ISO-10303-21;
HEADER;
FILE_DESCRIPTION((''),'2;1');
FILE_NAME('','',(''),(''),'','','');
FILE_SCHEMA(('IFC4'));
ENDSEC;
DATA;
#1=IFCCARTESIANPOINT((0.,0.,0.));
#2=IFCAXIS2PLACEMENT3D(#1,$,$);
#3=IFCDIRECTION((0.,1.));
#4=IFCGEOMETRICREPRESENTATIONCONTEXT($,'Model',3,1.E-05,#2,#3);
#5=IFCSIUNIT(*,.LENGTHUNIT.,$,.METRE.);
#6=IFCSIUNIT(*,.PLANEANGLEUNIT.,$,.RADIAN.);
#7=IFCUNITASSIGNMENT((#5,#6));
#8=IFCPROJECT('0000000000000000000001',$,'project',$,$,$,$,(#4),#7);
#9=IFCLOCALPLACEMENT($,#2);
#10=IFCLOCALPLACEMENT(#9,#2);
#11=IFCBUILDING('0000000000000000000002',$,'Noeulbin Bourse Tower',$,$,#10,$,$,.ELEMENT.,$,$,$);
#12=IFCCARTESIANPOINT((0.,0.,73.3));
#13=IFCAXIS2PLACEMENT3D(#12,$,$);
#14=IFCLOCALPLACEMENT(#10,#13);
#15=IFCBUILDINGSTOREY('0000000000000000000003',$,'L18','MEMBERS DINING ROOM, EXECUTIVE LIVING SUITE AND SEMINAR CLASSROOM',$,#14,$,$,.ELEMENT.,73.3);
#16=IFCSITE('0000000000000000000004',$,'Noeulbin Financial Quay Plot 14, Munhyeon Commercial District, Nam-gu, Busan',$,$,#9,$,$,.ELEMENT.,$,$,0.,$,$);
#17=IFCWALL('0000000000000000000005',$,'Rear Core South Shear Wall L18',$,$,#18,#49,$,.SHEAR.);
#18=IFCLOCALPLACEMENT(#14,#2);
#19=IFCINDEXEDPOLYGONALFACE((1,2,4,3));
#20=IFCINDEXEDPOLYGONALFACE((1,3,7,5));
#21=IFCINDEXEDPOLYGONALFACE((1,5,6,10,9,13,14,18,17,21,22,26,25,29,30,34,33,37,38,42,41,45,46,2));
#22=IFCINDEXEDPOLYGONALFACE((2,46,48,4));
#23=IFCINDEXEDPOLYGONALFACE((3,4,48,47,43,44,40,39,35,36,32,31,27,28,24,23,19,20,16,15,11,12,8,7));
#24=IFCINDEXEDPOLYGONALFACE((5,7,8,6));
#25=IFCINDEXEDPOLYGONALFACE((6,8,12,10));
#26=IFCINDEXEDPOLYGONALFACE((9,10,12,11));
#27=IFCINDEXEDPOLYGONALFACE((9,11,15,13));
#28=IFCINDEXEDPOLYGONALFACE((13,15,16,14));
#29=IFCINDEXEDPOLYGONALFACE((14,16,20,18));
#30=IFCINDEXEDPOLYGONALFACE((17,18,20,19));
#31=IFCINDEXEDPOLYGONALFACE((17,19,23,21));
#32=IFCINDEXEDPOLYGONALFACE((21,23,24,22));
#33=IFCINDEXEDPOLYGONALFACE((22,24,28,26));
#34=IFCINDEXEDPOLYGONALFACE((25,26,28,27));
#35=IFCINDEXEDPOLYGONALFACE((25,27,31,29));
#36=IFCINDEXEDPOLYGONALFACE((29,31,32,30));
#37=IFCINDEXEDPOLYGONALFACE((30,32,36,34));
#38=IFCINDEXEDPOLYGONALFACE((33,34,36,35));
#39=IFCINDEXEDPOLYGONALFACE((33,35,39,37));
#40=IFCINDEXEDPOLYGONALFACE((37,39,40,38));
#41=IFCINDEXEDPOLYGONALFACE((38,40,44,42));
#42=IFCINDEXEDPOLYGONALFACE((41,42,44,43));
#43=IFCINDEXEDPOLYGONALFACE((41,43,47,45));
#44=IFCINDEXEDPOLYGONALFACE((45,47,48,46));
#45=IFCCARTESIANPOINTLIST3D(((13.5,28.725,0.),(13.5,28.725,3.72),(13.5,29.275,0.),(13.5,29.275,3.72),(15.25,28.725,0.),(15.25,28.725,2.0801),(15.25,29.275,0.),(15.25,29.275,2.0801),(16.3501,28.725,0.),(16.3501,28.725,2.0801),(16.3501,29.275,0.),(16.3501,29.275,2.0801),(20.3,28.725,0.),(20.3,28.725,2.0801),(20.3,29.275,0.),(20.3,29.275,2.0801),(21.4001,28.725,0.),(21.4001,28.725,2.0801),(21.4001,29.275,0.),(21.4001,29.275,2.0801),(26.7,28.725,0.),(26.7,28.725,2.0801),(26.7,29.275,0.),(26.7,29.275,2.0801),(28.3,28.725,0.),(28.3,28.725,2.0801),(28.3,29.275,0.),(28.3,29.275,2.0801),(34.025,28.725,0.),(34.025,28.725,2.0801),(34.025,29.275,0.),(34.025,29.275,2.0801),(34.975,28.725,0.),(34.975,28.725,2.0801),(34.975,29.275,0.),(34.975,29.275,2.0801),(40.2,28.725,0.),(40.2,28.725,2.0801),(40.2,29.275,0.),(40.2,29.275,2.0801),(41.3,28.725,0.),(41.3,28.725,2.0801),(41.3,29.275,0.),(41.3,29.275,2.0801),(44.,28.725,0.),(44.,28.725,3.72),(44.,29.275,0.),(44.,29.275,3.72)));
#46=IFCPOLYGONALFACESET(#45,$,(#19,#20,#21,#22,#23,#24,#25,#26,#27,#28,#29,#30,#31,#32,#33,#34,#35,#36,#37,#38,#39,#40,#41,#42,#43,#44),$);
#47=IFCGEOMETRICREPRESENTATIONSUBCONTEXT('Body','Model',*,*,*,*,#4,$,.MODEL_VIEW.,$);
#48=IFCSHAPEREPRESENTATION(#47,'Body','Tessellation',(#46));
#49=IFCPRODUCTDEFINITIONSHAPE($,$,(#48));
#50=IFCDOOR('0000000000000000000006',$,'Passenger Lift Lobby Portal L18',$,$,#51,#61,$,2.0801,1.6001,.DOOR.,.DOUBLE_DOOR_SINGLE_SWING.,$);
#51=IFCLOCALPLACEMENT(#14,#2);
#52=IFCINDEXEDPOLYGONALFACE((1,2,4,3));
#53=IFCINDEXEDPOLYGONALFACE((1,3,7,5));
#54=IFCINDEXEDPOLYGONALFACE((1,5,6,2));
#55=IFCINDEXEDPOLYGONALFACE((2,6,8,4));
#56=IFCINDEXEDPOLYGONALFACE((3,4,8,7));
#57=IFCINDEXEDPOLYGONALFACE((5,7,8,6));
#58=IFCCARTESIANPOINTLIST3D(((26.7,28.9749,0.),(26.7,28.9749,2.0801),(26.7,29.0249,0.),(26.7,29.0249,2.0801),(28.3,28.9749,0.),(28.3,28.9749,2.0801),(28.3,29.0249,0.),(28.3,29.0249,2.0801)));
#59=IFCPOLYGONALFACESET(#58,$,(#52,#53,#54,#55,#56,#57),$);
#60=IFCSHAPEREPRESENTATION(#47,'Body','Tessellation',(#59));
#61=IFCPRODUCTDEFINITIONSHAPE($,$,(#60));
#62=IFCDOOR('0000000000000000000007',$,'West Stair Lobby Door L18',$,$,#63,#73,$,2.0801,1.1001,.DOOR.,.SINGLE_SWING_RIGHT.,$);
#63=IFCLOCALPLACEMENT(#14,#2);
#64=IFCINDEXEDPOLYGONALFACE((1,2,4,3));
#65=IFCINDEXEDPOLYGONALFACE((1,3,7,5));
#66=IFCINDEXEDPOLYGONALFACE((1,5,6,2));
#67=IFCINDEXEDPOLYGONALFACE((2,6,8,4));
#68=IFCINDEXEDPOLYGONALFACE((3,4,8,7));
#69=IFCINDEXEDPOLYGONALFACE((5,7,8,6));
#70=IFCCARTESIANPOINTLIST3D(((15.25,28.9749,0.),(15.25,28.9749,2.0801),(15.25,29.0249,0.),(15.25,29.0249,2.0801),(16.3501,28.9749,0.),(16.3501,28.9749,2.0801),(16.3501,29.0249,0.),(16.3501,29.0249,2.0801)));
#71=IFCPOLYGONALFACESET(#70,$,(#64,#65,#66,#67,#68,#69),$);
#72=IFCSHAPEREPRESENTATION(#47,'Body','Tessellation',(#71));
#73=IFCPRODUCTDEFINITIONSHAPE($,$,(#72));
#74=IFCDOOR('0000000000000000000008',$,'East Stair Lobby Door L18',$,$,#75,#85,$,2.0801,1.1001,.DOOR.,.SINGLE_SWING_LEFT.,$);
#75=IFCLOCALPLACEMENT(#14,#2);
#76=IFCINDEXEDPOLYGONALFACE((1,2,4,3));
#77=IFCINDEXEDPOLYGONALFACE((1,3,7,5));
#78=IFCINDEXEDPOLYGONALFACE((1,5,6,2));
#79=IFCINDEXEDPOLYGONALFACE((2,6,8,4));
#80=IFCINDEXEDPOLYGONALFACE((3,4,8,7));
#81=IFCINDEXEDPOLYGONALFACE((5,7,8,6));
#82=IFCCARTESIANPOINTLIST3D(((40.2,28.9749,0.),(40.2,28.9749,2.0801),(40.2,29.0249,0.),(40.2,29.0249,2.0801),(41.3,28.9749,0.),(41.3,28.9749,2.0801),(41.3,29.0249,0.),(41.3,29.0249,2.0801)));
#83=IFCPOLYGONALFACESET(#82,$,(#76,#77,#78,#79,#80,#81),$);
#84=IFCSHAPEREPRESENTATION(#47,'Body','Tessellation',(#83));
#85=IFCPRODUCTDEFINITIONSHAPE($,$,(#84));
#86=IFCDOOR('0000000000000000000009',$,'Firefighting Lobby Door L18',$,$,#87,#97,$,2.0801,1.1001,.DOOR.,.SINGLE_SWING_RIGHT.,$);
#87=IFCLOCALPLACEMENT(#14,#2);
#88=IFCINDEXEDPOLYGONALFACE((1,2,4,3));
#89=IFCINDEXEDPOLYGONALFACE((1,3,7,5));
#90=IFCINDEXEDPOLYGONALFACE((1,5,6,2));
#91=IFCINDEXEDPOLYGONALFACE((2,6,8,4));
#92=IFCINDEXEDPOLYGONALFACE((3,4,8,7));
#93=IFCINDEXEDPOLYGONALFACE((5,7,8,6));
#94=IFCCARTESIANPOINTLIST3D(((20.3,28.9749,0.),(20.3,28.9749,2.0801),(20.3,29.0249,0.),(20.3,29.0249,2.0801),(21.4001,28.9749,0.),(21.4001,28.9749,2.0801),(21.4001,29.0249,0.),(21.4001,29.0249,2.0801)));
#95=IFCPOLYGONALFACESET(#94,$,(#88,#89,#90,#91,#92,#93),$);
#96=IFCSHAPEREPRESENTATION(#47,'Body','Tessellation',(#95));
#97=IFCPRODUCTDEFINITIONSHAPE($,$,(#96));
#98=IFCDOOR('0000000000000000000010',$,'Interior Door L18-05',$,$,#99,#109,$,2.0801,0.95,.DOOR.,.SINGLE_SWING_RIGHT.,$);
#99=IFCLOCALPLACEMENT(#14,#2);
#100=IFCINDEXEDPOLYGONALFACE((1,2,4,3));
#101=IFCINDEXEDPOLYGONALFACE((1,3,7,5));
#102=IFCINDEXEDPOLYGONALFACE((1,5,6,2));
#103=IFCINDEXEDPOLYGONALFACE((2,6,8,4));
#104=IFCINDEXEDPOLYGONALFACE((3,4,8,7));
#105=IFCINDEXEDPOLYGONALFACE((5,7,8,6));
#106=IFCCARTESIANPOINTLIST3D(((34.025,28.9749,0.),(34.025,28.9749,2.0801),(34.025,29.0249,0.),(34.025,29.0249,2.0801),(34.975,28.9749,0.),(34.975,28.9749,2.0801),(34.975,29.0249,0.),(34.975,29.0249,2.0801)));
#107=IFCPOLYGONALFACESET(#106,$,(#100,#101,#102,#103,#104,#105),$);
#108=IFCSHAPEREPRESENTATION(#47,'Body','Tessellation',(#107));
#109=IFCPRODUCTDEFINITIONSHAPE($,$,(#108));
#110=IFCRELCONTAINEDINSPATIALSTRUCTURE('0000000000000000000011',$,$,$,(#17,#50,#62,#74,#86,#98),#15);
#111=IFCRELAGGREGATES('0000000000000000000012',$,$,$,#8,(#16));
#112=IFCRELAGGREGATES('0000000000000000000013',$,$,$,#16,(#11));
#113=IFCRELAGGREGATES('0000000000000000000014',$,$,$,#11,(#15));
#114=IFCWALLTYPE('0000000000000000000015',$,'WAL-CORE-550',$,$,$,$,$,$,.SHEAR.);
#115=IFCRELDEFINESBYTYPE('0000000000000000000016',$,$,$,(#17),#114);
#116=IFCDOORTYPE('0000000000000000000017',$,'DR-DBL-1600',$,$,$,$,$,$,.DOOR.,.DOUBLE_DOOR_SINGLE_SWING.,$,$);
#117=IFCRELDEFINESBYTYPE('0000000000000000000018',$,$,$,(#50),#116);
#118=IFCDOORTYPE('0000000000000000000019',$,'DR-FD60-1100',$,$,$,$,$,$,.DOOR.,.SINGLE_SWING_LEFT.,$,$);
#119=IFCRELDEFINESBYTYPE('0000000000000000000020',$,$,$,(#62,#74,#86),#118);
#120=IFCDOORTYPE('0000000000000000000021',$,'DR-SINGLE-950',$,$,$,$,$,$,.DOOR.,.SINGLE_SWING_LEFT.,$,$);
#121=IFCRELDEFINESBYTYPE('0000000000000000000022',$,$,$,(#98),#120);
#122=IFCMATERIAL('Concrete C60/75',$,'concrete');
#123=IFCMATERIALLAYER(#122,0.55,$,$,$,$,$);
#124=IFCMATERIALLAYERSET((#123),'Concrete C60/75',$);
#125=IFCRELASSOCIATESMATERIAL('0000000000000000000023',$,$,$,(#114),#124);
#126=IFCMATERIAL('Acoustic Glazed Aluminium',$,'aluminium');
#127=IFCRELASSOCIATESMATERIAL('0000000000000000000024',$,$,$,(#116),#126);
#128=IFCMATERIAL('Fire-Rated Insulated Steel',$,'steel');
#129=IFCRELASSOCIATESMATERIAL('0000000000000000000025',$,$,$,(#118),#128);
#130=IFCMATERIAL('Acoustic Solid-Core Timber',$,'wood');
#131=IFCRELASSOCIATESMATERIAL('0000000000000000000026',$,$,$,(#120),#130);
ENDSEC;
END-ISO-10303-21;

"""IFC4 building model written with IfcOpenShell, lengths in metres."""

from ifc_helpers import new_model, si_unit, direction, frame, frame_2d, origin, place, context, subcontext, project, spatial, rectangle, extrude, material, layer, layer_set, type_object, element, fill, save


model = new_model("IFC4")

# Units and contexts
model_context = context("Model", 3, precision=1e-05, world=origin(), true_north=direction((0.0, 1.0)))
body_context = subcontext(model_context, "Body", "Model", "MODEL_VIEW")
ifc_project = project(units=[si_unit("LENGTHUNIT", "METRE"), si_unit("PLANEANGLEUNIT", "RADIAN")], contexts=[model_context])

# Site, building, storey
site_placement = place(None, origin())
site = spatial("IfcSite", under=ifc_project, at=site_placement, Name="Noeulbin Financial Quay Plot 14, Munhyeon Commercial District, Nam-gu, Busan", CompositionType="ELEMENT", RefElevation=0.0)
building_placement = place(site_placement, origin())
building = spatial("IfcBuilding", under=site, at=building_placement, Name="Noeulbin Bourse Tower", CompositionType="ELEMENT")
storey_placement = place(building_placement, frame((0.0, 0.0, 73.3)))
storey = spatial("IfcBuildingStorey", under=building, at=storey_placement, Name="L18", Description="MEMBERS DINING ROOM, EXECUTIVE LIVING SUITE AND SEMINAR CLASSROOM", CompositionType="ELEMENT", Elevation=73.3)

# Wall, openings, doors
ifc_material_1 = material(Name="Concrete C60/75", Category="concrete")
ifc_layer_1 = layer(ifc_material_1, 0.55)
ifc_layer_set_1 = layer_set([ifc_layer_1], Name="Concrete C60/75")
wall_type_1 = type_object("IfcWallType", Name="WAL-CORE-550", PredefinedType="SHEAR", material=ifc_layer_set_1)
wall_1_placement = place(storey_placement, frame((13.5, 29.0, 0.0), z_axis=(0.0, 0.0, 1.0), x_axis=(1.0, 0.0, 0.0)))
wall_1 = element("IfcWall", 1, at=wall_1_placement, inside=storey, type_object=wall_type_1, Name="Rear Core South Shear Wall L18", PredefinedType="SHEAR", context=body_context, shape_type="SweptSolid", body=[
    extrude(rectangle(XDim=30.5, YDim=0.55, at=frame_2d((15.25, 0.0))), origin(), (0.0, 0.0, 1.0), 3.72),
])
opening_1_placement = place(wall_1_placement, frame((1.75, 0.0, 0.0)))
opening_1 = element("IfcOpeningElement", 2, at=opening_1_placement, cuts=wall_1, PredefinedType="OPENING", context=body_context, shape_type="SweptSolid", body=[
    extrude(rectangle(XDim=1.1001, YDim=2.0801, at=frame_2d((0.55, 1.04))), frame((0.0, 0.2849, 0.0), z_axis=(0.0, -1.0, 0.0), x_axis=(1.0, 0.0, 0.0)), (0.0, 0.0, 1.0), 0.5701),
])
opening_2_placement = place(wall_1_placement, frame((26.7, 0.0, 0.0)))
opening_2 = element("IfcOpeningElement", 3, at=opening_2_placement, cuts=wall_1, PredefinedType="OPENING", context=body_context, shape_type="SweptSolid", body=[
    extrude(rectangle(XDim=1.1001, YDim=2.0801, at=frame_2d((0.55, 1.04))), frame((0.0, 0.2849, 0.0), z_axis=(0.0, -1.0, 0.0), x_axis=(1.0, 0.0, 0.0)), (0.0, 0.0, 1.0), 0.5701),
])
opening_3_placement = place(wall_1_placement, frame((6.8, 0.0, 0.0)))
opening_3 = element("IfcOpeningElement", 4, at=opening_3_placement, cuts=wall_1, PredefinedType="OPENING", context=body_context, shape_type="SweptSolid", body=[
    extrude(rectangle(XDim=1.1001, YDim=2.0801, at=frame_2d((0.55, 1.04))), frame((0.0, 0.2849, 0.0), z_axis=(0.0, -1.0, 0.0), x_axis=(1.0, 0.0, 0.0)), (0.0, 0.0, 1.0), 0.5701),
])
opening_4_placement = place(wall_1_placement, frame((13.2, 0.0, 0.0)))
opening_4 = element("IfcOpeningElement", 5, at=opening_4_placement, cuts=wall_1, PredefinedType="OPENING", context=body_context, shape_type="SweptSolid", body=[
    extrude(rectangle(XDim=1.6001, YDim=2.0801, at=frame_2d((0.8, 1.04))), frame((0.0, 0.2849, 0.0), z_axis=(0.0, -1.0, 0.0), x_axis=(1.0, 0.0, 0.0)), (0.0, 0.0, 1.0), 0.5701),
])
opening_5_placement = place(wall_1_placement, frame((20.5249, 0.0, 0.0)))
opening_5 = element("IfcOpeningElement", 6, at=opening_5_placement, cuts=wall_1, PredefinedType="OPENING", context=body_context, shape_type="SweptSolid", body=[
    extrude(rectangle(XDim=0.95, YDim=2.0801, at=frame_2d((0.4751, 1.04))), frame((0.0, 0.2849, 0.0), z_axis=(0.0, -1.0, 0.0), x_axis=(1.0, 0.0, 0.0)), (0.0, 0.0, 1.0), 0.5701),
])
ifc_material_2 = material(Name="Acoustic Glazed Aluminium", Category="aluminium")
door_type_1 = type_object("IfcDoorType", Name="DR-DBL-1600", OperationType="DOUBLE_DOOR_SINGLE_SWING", PredefinedType="DOOR", material=ifc_material_2)
door_1_placement = place(opening_4_placement, origin())
door_1 = element("IfcDoor", 7, at=door_1_placement, inside=storey, type_object=door_type_1, Name="Passenger Lift Lobby Portal L18", OperationType="DOUBLE_DOOR_SINGLE_SWING", OverallHeight=2.0801, OverallWidth=1.6001, PredefinedType="DOOR", context=body_context, shape_type="SweptSolid", body=[
    extrude(rectangle(XDim=1.6001, YDim=2.0801, at=frame_2d((0.8, 1.04))), frame((0.0, 0.0249, 0.0), z_axis=(0.0, -1.0, 0.0), x_axis=(1.0, 0.0, 0.0)), (0.0, 0.0, 1.0), 0.05),
])
fill(opening_4, door_1)
ifc_material_3 = material(Name="Fire-Rated Insulated Steel", Category="steel")
door_type_2 = type_object("IfcDoorType", Name="DR-FD60-1100", OperationType="SINGLE_SWING_LEFT", PredefinedType="DOOR", material=ifc_material_3)
door_2_placement = place(opening_1_placement, origin())
door_2 = element("IfcDoor", 8, at=door_2_placement, inside=storey, type_object=door_type_2, Name="West Stair Lobby Door L18", OperationType="SINGLE_SWING_RIGHT", OverallHeight=2.0801, OverallWidth=1.1001, PredefinedType="DOOR", context=body_context, shape_type="SweptSolid", body=[
    extrude(rectangle(XDim=1.1001, YDim=2.0801, at=frame_2d((0.55, 1.04))), frame((0.0, 0.0249, 0.0), z_axis=(0.0, -1.0, 0.0), x_axis=(1.0, 0.0, 0.0)), (0.0, 0.0, 1.0), 0.05),
])
fill(opening_1, door_2)
door_3_placement = place(opening_2_placement, origin())
door_3 = element("IfcDoor", 9, at=door_3_placement, inside=storey, type_object=door_type_2, Name="East Stair Lobby Door L18", OperationType="SINGLE_SWING_LEFT", OverallHeight=2.0801, OverallWidth=1.1001, PredefinedType="DOOR", context=body_context, shape_type="SweptSolid", body=[
    extrude(rectangle(XDim=1.1001, YDim=2.0801, at=frame_2d((0.55, 1.04))), frame((0.0, 0.0249, 0.0), z_axis=(0.0, -1.0, 0.0), x_axis=(1.0, 0.0, 0.0)), (0.0, 0.0, 1.0), 0.05),
])
fill(opening_2, door_3)
door_4_placement = place(opening_3_placement, origin())
door_4 = element("IfcDoor", 10, at=door_4_placement, inside=storey, type_object=door_type_2, Name="Firefighting Lobby Door L18", OperationType="SINGLE_SWING_RIGHT", OverallHeight=2.0801, OverallWidth=1.1001, PredefinedType="DOOR", context=body_context, shape_type="SweptSolid", body=[
    extrude(rectangle(XDim=1.1001, YDim=2.0801, at=frame_2d((0.55, 1.04))), frame((0.0, 0.0249, 0.0), z_axis=(0.0, -1.0, 0.0), x_axis=(1.0, 0.0, 0.0)), (0.0, 0.0, 1.0), 0.05),
])
fill(opening_3, door_4)
ifc_material_4 = material(Name="Acoustic Solid-Core Timber", Category="wood")
door_type_3 = type_object("IfcDoorType", Name="DR-SINGLE-950", OperationType="SINGLE_SWING_LEFT", PredefinedType="DOOR", material=ifc_material_4)
door_5_placement = place(opening_5_placement, origin())
door_5 = element("IfcDoor", 11, at=door_5_placement, inside=storey, type_object=door_type_3, Name="Interior Door L18-05", OperationType="SINGLE_SWING_RIGHT", OverallHeight=2.0801, OverallWidth=0.95, PredefinedType="DOOR", context=body_context, shape_type="SweptSolid", body=[
    extrude(rectangle(XDim=0.95, YDim=2.0801, at=frame_2d((0.4751, 1.04))), frame((0.0, 0.0249, 0.0), z_axis=(0.0, -1.0, 0.0), x_axis=(1.0, 0.0, 0.0)), (0.0, 0.0, 1.0), 0.05),
])
fill(opening_5, door_5)

save(model, "model.ifc")
